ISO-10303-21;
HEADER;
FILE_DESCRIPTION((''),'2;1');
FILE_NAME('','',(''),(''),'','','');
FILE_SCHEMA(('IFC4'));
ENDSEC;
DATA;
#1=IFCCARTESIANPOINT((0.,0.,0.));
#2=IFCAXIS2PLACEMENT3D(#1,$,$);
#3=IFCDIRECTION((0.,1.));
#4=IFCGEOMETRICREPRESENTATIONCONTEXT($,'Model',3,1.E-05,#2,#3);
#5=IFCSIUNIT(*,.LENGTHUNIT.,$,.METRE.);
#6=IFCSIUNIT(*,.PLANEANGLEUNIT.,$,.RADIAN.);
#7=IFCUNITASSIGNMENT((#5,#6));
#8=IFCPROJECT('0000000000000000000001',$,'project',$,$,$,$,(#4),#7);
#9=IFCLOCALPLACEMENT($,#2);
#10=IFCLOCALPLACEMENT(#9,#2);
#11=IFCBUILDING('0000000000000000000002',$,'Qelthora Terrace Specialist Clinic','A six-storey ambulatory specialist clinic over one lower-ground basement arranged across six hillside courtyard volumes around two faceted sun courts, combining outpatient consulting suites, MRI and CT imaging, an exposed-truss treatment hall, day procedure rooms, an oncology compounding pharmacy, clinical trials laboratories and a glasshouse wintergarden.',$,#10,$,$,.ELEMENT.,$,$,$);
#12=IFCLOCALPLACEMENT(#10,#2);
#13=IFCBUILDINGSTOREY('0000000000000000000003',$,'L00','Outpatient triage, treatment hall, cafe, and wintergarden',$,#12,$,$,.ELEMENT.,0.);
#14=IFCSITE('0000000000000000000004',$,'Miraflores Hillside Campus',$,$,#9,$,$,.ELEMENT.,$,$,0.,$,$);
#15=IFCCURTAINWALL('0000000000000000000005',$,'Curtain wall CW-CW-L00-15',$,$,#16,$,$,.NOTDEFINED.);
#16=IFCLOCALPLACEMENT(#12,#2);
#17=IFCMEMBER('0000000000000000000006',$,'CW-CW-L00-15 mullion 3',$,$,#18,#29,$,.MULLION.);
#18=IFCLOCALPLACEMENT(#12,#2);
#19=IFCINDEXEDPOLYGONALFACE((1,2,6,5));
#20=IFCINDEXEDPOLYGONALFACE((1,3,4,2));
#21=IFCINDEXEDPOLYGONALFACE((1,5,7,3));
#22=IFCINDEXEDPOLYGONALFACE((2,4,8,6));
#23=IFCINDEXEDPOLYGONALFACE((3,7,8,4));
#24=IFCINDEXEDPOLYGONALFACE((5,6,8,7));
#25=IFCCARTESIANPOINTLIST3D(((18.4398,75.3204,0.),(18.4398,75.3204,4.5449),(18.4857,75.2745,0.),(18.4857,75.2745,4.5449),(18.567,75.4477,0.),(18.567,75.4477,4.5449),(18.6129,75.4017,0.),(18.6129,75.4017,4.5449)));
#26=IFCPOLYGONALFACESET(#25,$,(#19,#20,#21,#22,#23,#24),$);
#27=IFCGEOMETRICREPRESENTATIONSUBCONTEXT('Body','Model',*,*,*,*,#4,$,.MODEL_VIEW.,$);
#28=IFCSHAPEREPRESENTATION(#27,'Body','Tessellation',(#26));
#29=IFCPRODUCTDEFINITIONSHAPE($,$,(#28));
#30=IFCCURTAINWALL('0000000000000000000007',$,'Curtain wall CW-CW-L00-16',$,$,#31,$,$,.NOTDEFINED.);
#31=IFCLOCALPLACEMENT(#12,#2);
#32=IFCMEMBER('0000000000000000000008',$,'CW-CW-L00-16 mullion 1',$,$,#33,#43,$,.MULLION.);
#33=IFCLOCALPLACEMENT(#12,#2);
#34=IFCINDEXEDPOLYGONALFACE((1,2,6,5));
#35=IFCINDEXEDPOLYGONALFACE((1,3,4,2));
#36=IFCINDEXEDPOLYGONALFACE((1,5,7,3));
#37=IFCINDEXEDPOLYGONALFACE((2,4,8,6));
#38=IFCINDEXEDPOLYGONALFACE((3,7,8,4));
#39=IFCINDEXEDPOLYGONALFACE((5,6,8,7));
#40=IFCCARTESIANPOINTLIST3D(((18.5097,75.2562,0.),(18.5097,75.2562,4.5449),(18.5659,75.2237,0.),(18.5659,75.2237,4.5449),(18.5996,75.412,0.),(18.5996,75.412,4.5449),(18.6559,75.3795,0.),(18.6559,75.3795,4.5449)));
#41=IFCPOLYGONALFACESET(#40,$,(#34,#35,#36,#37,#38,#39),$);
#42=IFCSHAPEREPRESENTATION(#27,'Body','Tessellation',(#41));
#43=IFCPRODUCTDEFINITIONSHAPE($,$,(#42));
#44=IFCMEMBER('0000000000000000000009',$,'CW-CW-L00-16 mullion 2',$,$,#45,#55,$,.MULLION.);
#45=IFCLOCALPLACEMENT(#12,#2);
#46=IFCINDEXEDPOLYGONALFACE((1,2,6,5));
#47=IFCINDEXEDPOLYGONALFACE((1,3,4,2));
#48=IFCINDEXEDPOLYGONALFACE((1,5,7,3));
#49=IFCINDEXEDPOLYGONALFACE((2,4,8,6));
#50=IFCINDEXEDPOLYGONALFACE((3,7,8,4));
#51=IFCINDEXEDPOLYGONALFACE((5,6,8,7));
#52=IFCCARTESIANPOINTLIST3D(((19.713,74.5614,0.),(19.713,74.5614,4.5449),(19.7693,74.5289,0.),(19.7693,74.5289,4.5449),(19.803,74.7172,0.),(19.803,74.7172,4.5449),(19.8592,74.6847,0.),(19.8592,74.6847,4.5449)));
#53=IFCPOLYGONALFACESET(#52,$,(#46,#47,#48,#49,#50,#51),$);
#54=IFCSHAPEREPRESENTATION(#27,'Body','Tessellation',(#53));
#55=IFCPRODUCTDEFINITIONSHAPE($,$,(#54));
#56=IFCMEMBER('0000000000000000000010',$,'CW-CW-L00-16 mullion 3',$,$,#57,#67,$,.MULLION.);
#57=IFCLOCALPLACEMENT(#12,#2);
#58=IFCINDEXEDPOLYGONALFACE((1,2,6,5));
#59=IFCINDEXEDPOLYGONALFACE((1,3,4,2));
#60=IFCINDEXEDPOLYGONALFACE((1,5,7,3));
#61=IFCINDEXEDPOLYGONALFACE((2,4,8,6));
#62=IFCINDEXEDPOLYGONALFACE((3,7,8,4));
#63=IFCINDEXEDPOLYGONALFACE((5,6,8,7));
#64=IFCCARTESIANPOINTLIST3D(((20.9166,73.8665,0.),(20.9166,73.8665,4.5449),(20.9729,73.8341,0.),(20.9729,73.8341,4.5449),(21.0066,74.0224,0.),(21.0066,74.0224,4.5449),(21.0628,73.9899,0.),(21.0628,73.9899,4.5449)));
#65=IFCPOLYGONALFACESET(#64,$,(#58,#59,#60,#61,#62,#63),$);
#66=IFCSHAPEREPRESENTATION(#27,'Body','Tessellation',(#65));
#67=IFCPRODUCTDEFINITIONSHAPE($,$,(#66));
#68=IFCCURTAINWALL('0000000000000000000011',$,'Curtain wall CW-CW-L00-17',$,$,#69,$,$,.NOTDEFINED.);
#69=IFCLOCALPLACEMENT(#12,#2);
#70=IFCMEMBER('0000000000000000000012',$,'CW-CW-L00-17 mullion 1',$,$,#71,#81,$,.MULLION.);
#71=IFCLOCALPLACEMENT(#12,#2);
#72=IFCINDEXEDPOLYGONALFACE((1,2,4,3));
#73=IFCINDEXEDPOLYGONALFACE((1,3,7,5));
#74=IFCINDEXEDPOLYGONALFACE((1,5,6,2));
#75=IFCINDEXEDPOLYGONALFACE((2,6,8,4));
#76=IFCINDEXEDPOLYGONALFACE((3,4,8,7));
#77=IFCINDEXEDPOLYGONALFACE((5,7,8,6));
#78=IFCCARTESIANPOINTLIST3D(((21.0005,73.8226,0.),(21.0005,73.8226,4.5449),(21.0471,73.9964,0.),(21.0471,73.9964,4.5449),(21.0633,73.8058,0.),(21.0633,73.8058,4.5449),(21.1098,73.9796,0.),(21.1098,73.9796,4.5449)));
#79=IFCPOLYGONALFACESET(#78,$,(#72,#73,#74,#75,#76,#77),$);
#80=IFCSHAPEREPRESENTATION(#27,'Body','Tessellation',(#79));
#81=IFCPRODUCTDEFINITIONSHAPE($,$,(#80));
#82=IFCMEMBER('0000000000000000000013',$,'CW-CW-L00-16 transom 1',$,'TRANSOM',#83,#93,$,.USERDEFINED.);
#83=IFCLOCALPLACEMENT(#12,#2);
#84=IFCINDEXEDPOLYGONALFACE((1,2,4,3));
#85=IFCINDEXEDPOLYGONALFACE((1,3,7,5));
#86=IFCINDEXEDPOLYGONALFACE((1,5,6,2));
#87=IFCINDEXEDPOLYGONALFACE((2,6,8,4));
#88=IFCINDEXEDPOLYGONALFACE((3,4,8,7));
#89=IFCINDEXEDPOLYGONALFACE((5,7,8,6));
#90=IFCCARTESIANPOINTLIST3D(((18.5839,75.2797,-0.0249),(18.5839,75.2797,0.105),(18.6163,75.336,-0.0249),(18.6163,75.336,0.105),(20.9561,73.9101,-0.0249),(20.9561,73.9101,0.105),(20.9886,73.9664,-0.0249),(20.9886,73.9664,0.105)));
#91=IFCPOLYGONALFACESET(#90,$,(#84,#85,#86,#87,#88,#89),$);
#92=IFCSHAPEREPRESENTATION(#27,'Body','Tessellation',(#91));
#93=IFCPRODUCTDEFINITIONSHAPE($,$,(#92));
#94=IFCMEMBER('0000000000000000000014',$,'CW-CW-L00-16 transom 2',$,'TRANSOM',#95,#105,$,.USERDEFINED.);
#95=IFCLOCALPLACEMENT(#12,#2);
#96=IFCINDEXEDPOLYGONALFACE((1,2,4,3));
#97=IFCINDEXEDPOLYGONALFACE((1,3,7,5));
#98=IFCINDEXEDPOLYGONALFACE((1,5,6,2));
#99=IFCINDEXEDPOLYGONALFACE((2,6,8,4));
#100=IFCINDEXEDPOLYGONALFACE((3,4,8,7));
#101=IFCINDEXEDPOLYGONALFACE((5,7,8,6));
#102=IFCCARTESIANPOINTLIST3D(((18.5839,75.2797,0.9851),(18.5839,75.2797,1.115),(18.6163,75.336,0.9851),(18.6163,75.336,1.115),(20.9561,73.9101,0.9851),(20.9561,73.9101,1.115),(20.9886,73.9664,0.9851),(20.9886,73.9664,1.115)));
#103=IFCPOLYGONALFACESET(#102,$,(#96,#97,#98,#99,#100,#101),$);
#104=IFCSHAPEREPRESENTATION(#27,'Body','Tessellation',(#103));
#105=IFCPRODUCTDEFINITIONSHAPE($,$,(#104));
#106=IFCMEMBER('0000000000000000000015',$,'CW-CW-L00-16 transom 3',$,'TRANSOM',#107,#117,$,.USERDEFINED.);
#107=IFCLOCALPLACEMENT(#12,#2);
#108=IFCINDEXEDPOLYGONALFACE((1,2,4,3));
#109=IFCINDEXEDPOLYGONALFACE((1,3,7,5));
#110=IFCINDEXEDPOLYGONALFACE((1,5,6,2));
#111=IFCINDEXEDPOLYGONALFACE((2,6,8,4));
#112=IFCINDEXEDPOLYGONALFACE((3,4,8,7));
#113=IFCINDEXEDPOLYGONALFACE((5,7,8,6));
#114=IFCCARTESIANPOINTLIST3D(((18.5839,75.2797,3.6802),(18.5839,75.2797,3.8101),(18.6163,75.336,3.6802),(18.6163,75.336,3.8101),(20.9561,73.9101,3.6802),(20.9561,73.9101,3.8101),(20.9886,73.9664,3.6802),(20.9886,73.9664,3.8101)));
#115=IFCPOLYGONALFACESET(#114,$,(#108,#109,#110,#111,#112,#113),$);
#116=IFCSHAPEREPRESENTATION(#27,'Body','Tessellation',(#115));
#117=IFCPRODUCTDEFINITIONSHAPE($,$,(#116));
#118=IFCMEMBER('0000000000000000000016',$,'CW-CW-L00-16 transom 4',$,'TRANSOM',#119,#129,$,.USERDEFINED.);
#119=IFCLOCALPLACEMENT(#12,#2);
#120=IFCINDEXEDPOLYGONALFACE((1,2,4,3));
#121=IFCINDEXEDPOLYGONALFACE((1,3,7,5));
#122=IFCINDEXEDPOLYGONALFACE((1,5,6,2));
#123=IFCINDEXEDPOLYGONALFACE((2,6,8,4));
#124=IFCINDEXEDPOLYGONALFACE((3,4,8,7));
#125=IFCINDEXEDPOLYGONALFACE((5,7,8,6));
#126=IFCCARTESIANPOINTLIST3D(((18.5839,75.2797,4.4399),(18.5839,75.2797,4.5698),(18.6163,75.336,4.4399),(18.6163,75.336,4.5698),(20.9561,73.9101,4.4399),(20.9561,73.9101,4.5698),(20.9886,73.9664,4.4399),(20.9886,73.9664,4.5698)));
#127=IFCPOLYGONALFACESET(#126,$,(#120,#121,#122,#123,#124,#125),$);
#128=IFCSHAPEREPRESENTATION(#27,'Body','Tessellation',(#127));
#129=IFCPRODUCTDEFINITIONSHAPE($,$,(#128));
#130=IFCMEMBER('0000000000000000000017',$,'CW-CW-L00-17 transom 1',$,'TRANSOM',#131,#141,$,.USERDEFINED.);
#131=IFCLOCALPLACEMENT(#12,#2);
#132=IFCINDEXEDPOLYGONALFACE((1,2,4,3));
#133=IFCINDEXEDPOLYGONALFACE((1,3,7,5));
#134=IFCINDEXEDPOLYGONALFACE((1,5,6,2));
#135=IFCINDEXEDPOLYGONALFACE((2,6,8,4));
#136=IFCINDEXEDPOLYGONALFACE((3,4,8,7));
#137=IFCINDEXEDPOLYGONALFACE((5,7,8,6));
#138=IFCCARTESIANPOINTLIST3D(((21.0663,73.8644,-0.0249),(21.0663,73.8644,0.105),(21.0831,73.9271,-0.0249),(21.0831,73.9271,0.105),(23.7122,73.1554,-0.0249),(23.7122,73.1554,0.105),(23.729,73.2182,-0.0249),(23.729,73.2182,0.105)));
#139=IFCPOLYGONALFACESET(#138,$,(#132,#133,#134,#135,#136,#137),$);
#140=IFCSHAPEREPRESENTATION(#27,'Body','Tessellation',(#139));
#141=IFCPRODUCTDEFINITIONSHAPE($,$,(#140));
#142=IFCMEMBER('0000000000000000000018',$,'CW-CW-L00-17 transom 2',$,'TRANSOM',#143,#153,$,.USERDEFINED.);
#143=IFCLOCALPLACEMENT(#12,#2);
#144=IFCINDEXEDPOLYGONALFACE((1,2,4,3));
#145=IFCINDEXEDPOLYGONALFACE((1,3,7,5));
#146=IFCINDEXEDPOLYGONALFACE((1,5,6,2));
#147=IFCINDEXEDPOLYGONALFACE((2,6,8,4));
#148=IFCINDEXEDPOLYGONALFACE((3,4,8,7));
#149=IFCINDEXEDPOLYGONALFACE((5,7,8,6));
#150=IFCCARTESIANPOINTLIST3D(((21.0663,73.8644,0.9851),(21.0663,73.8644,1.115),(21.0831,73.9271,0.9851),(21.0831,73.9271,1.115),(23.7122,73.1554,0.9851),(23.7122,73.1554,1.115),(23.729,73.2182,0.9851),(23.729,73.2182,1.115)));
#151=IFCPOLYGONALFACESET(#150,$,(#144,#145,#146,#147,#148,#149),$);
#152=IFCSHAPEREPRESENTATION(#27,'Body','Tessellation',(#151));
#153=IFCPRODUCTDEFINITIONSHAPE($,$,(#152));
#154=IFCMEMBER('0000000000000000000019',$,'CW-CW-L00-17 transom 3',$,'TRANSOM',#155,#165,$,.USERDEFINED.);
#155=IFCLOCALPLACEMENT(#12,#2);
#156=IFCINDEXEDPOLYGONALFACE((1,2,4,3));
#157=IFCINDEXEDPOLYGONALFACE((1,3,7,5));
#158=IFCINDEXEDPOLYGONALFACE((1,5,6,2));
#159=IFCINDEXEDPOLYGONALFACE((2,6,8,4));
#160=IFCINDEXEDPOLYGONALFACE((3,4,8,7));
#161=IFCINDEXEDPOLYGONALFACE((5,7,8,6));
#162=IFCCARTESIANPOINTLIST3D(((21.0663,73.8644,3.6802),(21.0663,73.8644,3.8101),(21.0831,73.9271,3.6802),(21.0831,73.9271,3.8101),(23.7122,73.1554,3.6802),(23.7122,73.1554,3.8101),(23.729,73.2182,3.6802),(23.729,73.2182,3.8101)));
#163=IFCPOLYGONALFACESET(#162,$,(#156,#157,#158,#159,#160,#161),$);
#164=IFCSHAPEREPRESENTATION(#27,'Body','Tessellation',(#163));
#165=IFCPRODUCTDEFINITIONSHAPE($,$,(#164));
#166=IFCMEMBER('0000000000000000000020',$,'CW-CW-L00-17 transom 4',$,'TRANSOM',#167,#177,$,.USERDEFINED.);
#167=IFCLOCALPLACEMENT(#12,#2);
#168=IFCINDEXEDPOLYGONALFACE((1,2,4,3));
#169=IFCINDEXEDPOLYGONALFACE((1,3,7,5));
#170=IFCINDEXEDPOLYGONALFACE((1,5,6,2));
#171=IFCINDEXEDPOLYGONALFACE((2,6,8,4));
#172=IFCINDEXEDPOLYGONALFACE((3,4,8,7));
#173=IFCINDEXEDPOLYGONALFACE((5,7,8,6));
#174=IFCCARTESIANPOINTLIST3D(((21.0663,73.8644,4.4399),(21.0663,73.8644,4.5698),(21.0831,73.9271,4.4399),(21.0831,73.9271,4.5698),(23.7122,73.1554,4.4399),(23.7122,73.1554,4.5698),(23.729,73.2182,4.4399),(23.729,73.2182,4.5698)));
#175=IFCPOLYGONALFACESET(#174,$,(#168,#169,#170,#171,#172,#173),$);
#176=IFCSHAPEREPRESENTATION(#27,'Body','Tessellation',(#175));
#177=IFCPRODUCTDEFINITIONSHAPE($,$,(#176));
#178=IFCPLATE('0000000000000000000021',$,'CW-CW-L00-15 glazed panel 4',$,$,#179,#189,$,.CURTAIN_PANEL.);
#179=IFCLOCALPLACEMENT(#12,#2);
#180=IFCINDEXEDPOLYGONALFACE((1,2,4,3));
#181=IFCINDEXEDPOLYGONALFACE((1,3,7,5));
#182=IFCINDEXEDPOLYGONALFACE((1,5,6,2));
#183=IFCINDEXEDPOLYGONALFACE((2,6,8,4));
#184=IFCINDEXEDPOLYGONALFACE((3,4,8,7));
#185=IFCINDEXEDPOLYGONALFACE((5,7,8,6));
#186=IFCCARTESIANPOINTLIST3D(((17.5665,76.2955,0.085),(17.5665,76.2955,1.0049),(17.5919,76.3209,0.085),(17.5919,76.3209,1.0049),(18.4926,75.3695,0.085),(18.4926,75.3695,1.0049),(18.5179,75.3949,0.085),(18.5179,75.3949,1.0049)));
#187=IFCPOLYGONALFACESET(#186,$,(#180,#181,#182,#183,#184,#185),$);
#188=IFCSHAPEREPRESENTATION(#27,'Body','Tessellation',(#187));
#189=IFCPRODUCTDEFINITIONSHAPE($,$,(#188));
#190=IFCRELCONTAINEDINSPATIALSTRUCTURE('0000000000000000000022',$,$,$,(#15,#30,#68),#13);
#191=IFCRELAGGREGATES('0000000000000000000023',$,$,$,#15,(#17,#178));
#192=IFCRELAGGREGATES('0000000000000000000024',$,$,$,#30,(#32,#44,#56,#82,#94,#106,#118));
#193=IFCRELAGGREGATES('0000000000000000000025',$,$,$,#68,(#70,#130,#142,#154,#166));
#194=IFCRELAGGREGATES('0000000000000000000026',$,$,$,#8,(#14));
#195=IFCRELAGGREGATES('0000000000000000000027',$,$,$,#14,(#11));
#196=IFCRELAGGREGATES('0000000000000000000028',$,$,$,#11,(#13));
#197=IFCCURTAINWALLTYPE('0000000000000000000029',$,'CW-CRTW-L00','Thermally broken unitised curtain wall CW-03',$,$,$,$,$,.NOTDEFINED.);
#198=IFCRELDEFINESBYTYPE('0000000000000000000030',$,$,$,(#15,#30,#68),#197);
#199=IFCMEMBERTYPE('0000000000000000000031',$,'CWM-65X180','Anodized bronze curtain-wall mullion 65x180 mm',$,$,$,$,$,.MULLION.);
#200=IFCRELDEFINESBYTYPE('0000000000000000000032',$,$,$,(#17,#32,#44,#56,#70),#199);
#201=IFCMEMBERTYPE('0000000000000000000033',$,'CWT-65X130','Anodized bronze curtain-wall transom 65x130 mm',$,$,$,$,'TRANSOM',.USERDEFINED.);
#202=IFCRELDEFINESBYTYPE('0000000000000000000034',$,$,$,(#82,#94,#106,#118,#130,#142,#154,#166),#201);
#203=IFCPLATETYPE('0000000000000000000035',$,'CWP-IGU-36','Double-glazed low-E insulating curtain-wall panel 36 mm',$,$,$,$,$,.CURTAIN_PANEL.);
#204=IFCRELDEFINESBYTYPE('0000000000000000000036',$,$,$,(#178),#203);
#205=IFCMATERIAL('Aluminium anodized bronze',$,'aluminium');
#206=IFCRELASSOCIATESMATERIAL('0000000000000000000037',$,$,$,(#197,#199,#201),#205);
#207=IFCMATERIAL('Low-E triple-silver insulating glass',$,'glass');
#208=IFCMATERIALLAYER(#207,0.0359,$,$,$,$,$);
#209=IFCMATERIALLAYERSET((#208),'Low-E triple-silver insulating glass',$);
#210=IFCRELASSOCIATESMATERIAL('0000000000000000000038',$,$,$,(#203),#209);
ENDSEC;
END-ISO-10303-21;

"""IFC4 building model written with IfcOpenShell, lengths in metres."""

from ifc_helpers import new_model, si_unit, direction, frame, origin, origin_2d, place, context, subcontext, project, spatial, rectangle, extrude, material, layer, layer_set, material_profile, profile_set, type_object, element, aggregate, save


model = new_model("IFC4")

# Units and contexts
model_context = context("Model", 3, precision=1e-05, world=origin(), true_north=direction((0.0, 1.0)))
body_context = subcontext(model_context, "Body", "Model", "MODEL_VIEW")
ifc_project = project(units=[si_unit("LENGTHUNIT", "METRE"), si_unit("PLANEANGLEUNIT", "RADIAN")], contexts=[model_context])

# Site, building, storey
site_placement = place(None, origin())
site = spatial("IfcSite", under=ifc_project, at=site_placement, Name="Miraflores Hillside Campus", CompositionType="ELEMENT", RefElevation=0.0)
building_placement = place(site_placement, origin())
building = spatial("IfcBuilding", under=site, at=building_placement, Name="Qelthora Terrace Specialist Clinic", Description="A six-storey ambulatory specialist clinic over one lower-ground basement arranged across six hillside courtyard volumes around two faceted sun courts, combining outpatient consulting suites, MRI and CT imaging, an exposed-truss treatment hall, day procedure rooms, an oncology compounding pharmacy, clinical trials laboratories and a glasshouse wintergarden.", CompositionType="ELEMENT")
storey_placement = place(building_placement, origin())
storey = spatial("IfcBuildingStorey", under=building, at=storey_placement, Name="L00", Description="Outpatient triage, treatment hall, cafe, and wintergarden", CompositionType="ELEMENT", Elevation=0.0)

# Curtain wall, member
ifc_material_1 = material(Name="Aluminium anodized bronze", Category="aluminium")
curtain_wall_type = type_object("IfcCurtainWallType", Name="CW-CRTW-L00", Description="Thermally broken unitised curtain wall CW-03", PredefinedType="NOTDEFINED", material=ifc_material_1)
curtain_wall_1_placement = place(storey_placement, origin())
curtain_wall_1 = element("IfcCurtainWall", 1, at=curtain_wall_1_placement, inside=storey, type_object=curtain_wall_type, Name="Curtain wall CW-CW-L00-15", PredefinedType="NOTDEFINED")
ifc_material_profile_1 = material_profile(ifc_material_1, rectangle(XDim=0.0649, YDim=0.1799, at=origin_2d()), Name="CWM65X180")
ifc_profile_set_1 = profile_set([ifc_material_profile_1], Name="Aluminium anodized bronze")
member_type_1 = type_object("IfcMemberType", Name="CWM-65X180", Description="Anodized bronze curtain-wall mullion 65x180 mm", PredefinedType="MULLION", material=ifc_profile_set_1)
member_1_placement = place(storey_placement, frame((18.5264, 75.3611, 0.0), z_axis=(0.0, 0.0, 1.0), x_axis=(0.707107, -0.707107, 0.0)))
member_1 = element("IfcMember", 2, at=member_1_placement, type_object=member_type_1, Name="CW-CW-L00-15 mullion 3", PredefinedType="MULLION", context=body_context, shape_type="SweptSolid", body=[
    extrude(rectangle(XDim=0.0649, YDim=0.1799, at=origin_2d()), origin(), (0.0, 0.0, 1.0), 4.5449),
])

# Curtain wall, members
curtain_wall_2_placement = place(storey_placement, origin())
curtain_wall_2 = element("IfcCurtainWall", 3, at=curtain_wall_2_placement, inside=storey, type_object=curtain_wall_type, Name="Curtain wall CW-CW-L00-16", PredefinedType="NOTDEFINED")
member_2_placement = place(storey_placement, frame((18.5828, 75.3179, 0.0), z_axis=(0.0, 0.0, 1.0), x_axis=(0.866026, -0.5, 0.0)))
member_2 = element("IfcMember", 4, at=member_2_placement, type_object=member_type_1, Name="CW-CW-L00-16 mullion 1", PredefinedType="MULLION", context=body_context, shape_type="SweptSolid", body=[
    extrude(rectangle(XDim=0.0649, YDim=0.1799, at=origin_2d()), origin(), (0.0, 0.0, 1.0), 4.5449),
])
member_3_placement = place(storey_placement, frame((19.7861, 74.623, 0.0), z_axis=(0.0, 0.0, 1.0), x_axis=(0.866026, -0.5, 0.0)))
member_3 = element("IfcMember", 5, at=member_3_placement, type_object=member_type_1, Name="CW-CW-L00-16 mullion 2", PredefinedType="MULLION", context=body_context, shape_type="SweptSolid", body=[
    extrude(rectangle(XDim=0.0649, YDim=0.1799, at=origin_2d()), origin(), (0.0, 0.0, 1.0), 4.5449),
])
member_4_placement = place(storey_placement, frame((20.9897, 73.9282, 0.0), z_axis=(0.0, 0.0, 1.0), x_axis=(0.866026, -0.5, 0.0)))
member_4 = element("IfcMember", 6, at=member_4_placement, type_object=member_type_1, Name="CW-CW-L00-16 mullion 3", PredefinedType="MULLION", context=body_context, shape_type="SweptSolid", body=[
    extrude(rectangle(XDim=0.0649, YDim=0.1799, at=origin_2d()), origin(), (0.0, 0.0, 1.0), 4.5449),
])

# Curtain wall, member
curtain_wall_3_placement = place(storey_placement, origin())
curtain_wall_3 = element("IfcCurtainWall", 7, at=curtain_wall_3_placement, inside=storey, type_object=curtain_wall_type, Name="Curtain wall CW-CW-L00-17", PredefinedType="NOTDEFINED")
member_5_placement = place(storey_placement, frame((21.0552, 73.9011, 0.0), z_axis=(0.0, 0.0, 1.0), x_axis=(0.965925, -0.25882, 0.0)))
member_5 = element("IfcMember", 8, at=member_5_placement, type_object=member_type_1, Name="CW-CW-L00-17 mullion 1", PredefinedType="MULLION", context=body_context, shape_type="SweptSolid", body=[
    extrude(rectangle(XDim=0.0649, YDim=0.1799, at=origin_2d()), origin(), (0.0, 0.0, 1.0), 4.5449),
])

# Members
ifc_material_profile_2 = material_profile(ifc_material_1, rectangle(XDim=0.0649, YDim=0.1299, at=origin_2d()), Name="CWT65X130")
ifc_profile_set_2 = profile_set([ifc_material_profile_2], Name="Aluminium anodized bronze")
member_type_2 = type_object("IfcMemberType", Name="CWT-65X130", Description="Anodized bronze curtain-wall transom 65x130 mm", ElementType="TRANSOM", PredefinedType="USERDEFINED", material=ifc_profile_set_2)
member_6_placement = place(storey_placement, frame((18.6001, 75.3079, 0.04), z_axis=(0.86603, -0.499992, 0.0), x_axis=(0.499992, 0.86603, 0.0)))
member_6 = element("IfcMember", 9, at=member_6_placement, type_object=member_type_2, Name="CW-CW-L00-16 transom 1", ObjectType="TRANSOM", PredefinedType="USERDEFINED", context=body_context, shape_type="SweptSolid", body=[
    extrude(rectangle(XDim=0.0649, YDim=0.1299, at=origin_2d()), origin(), (0.0, 0.0, 1.0), 2.7393),
])
member_7_placement = place(storey_placement, frame((18.6001, 75.3079, 1.05), z_axis=(0.86603, -0.499992, 0.0), x_axis=(0.499992, 0.86603, 0.0)))
member_7 = element("IfcMember", 10, at=member_7_placement, type_object=member_type_2, Name="CW-CW-L00-16 transom 2", ObjectType="TRANSOM", PredefinedType="USERDEFINED", context=body_context, shape_type="SweptSolid", body=[
    extrude(rectangle(XDim=0.0649, YDim=0.1299, at=origin_2d()), origin(), (0.0, 0.0, 1.0), 2.7393),
])
member_8_placement = place(storey_placement, frame((18.6001, 75.3079, 3.7451), z_axis=(0.86603, -0.499992, 0.0), x_axis=(0.499992, 0.86603, 0.0)))
member_8 = element("IfcMember", 11, at=member_8_placement, type_object=member_type_2, Name="CW-CW-L00-16 transom 3", ObjectType="TRANSOM", PredefinedType="USERDEFINED", context=body_context, shape_type="SweptSolid", body=[
    extrude(rectangle(XDim=0.0649, YDim=0.1299, at=origin_2d()), origin(), (0.0, 0.0, 1.0), 2.7393),
])
member_9_placement = place(storey_placement, frame((18.6001, 75.3079, 4.5049), z_axis=(0.86603, -0.499992, 0.0), x_axis=(0.499992, 0.86603, 0.0)))
member_9 = element("IfcMember", 12, at=member_9_placement, type_object=member_type_2, Name="CW-CW-L00-16 transom 4", ObjectType="TRANSOM", PredefinedType="USERDEFINED", context=body_context, shape_type="SweptSolid", body=[
    extrude(rectangle(XDim=0.0649, YDim=0.1299, at=origin_2d()), origin(), (0.0, 0.0, 1.0), 2.7393),
])
member_10_placement = place(storey_placement, frame((21.0747, 73.8958, 0.04), z_axis=(0.965927, -0.258816, 0.0), x_axis=(0.258816, 0.965927, 0.0)))
member_10 = element("IfcMember", 13, at=member_10_placement, type_object=member_type_2, Name="CW-CW-L00-17 transom 1", ObjectType="TRANSOM", PredefinedType="USERDEFINED", context=body_context, shape_type="SweptSolid", body=[
    extrude(rectangle(XDim=0.0649, YDim=0.1299, at=origin_2d()), origin(), (0.0, 0.0, 1.0), 2.7393),
])
member_11_placement = place(storey_placement, frame((21.0747, 73.8958, 1.05), z_axis=(0.965927, -0.258816, 0.0), x_axis=(0.258816, 0.965927, 0.0)))
member_11 = element("IfcMember", 14, at=member_11_placement, type_object=member_type_2, Name="CW-CW-L00-17 transom 2", ObjectType="TRANSOM", PredefinedType="USERDEFINED", context=body_context, shape_type="SweptSolid", body=[
    extrude(rectangle(XDim=0.0649, YDim=0.1299, at=origin_2d()), origin(), (0.0, 0.0, 1.0), 2.7393),
])
member_12_placement = place(storey_placement, frame((21.0747, 73.8958, 3.7451), z_axis=(0.965927, -0.258816, 0.0), x_axis=(0.258816, 0.965927, 0.0)))
member_12 = element("IfcMember", 15, at=member_12_placement, type_object=member_type_2, Name="CW-CW-L00-17 transom 3", ObjectType="TRANSOM", PredefinedType="USERDEFINED", context=body_context, shape_type="SweptSolid", body=[
    extrude(rectangle(XDim=0.0649, YDim=0.1299, at=origin_2d()), origin(), (0.0, 0.0, 1.0), 2.7393),
])
member_13_placement = place(storey_placement, frame((21.0747, 73.8958, 4.5049), z_axis=(0.965927, -0.258816, 0.0), x_axis=(0.258816, 0.965927, 0.0)))
member_13 = element("IfcMember", 16, at=member_13_placement, type_object=member_type_2, Name="CW-CW-L00-17 transom 4", ObjectType="TRANSOM", PredefinedType="USERDEFINED", context=body_context, shape_type="SweptSolid", body=[
    extrude(rectangle(XDim=0.0649, YDim=0.1299, at=origin_2d()), origin(), (0.0, 0.0, 1.0), 2.7393),
])

# Plate
ifc_material_2 = material(Name="Low-E triple-silver insulating glass", Category="glass")
ifc_layer = layer(ifc_material_2, 0.0359)
ifc_layer_set = layer_set([ifc_layer], Name="Low-E triple-silver insulating glass")
plate_type = type_object("IfcPlateType", Name="CWP-IGU-36", Description="Double-glazed low-E insulating curtain-wall panel 36 mm", PredefinedType="CURTAIN_PANEL", material=ifc_layer_set)
plate_1_placement = place(storey_placement, frame((18.0422, 75.8452, 0.085), z_axis=(0.0, 0.0, 1.0), x_axis=(0.707107, -0.707107, 0.0)))
plate_1 = element("IfcPlate", 17, at=plate_1_placement, type_object=plate_type, Name="CW-CW-L00-15 glazed panel 4", PredefinedType="CURTAIN_PANEL", context=body_context, shape_type="SweptSolid", body=[
    extrude(rectangle(XDim=1.3096, YDim=0.0359, at=origin_2d()), origin(), (0.0, 0.0, 1.0), 0.9199),
])
aggregate(curtain_wall_1, [member_1, plate_1])
aggregate(curtain_wall_2, [member_2, member_3, member_4, member_6, member_7, member_8, member_9])
aggregate(curtain_wall_3, [member_5, member_10, member_11, member_12, member_13])

save(model, "model.ifc")
